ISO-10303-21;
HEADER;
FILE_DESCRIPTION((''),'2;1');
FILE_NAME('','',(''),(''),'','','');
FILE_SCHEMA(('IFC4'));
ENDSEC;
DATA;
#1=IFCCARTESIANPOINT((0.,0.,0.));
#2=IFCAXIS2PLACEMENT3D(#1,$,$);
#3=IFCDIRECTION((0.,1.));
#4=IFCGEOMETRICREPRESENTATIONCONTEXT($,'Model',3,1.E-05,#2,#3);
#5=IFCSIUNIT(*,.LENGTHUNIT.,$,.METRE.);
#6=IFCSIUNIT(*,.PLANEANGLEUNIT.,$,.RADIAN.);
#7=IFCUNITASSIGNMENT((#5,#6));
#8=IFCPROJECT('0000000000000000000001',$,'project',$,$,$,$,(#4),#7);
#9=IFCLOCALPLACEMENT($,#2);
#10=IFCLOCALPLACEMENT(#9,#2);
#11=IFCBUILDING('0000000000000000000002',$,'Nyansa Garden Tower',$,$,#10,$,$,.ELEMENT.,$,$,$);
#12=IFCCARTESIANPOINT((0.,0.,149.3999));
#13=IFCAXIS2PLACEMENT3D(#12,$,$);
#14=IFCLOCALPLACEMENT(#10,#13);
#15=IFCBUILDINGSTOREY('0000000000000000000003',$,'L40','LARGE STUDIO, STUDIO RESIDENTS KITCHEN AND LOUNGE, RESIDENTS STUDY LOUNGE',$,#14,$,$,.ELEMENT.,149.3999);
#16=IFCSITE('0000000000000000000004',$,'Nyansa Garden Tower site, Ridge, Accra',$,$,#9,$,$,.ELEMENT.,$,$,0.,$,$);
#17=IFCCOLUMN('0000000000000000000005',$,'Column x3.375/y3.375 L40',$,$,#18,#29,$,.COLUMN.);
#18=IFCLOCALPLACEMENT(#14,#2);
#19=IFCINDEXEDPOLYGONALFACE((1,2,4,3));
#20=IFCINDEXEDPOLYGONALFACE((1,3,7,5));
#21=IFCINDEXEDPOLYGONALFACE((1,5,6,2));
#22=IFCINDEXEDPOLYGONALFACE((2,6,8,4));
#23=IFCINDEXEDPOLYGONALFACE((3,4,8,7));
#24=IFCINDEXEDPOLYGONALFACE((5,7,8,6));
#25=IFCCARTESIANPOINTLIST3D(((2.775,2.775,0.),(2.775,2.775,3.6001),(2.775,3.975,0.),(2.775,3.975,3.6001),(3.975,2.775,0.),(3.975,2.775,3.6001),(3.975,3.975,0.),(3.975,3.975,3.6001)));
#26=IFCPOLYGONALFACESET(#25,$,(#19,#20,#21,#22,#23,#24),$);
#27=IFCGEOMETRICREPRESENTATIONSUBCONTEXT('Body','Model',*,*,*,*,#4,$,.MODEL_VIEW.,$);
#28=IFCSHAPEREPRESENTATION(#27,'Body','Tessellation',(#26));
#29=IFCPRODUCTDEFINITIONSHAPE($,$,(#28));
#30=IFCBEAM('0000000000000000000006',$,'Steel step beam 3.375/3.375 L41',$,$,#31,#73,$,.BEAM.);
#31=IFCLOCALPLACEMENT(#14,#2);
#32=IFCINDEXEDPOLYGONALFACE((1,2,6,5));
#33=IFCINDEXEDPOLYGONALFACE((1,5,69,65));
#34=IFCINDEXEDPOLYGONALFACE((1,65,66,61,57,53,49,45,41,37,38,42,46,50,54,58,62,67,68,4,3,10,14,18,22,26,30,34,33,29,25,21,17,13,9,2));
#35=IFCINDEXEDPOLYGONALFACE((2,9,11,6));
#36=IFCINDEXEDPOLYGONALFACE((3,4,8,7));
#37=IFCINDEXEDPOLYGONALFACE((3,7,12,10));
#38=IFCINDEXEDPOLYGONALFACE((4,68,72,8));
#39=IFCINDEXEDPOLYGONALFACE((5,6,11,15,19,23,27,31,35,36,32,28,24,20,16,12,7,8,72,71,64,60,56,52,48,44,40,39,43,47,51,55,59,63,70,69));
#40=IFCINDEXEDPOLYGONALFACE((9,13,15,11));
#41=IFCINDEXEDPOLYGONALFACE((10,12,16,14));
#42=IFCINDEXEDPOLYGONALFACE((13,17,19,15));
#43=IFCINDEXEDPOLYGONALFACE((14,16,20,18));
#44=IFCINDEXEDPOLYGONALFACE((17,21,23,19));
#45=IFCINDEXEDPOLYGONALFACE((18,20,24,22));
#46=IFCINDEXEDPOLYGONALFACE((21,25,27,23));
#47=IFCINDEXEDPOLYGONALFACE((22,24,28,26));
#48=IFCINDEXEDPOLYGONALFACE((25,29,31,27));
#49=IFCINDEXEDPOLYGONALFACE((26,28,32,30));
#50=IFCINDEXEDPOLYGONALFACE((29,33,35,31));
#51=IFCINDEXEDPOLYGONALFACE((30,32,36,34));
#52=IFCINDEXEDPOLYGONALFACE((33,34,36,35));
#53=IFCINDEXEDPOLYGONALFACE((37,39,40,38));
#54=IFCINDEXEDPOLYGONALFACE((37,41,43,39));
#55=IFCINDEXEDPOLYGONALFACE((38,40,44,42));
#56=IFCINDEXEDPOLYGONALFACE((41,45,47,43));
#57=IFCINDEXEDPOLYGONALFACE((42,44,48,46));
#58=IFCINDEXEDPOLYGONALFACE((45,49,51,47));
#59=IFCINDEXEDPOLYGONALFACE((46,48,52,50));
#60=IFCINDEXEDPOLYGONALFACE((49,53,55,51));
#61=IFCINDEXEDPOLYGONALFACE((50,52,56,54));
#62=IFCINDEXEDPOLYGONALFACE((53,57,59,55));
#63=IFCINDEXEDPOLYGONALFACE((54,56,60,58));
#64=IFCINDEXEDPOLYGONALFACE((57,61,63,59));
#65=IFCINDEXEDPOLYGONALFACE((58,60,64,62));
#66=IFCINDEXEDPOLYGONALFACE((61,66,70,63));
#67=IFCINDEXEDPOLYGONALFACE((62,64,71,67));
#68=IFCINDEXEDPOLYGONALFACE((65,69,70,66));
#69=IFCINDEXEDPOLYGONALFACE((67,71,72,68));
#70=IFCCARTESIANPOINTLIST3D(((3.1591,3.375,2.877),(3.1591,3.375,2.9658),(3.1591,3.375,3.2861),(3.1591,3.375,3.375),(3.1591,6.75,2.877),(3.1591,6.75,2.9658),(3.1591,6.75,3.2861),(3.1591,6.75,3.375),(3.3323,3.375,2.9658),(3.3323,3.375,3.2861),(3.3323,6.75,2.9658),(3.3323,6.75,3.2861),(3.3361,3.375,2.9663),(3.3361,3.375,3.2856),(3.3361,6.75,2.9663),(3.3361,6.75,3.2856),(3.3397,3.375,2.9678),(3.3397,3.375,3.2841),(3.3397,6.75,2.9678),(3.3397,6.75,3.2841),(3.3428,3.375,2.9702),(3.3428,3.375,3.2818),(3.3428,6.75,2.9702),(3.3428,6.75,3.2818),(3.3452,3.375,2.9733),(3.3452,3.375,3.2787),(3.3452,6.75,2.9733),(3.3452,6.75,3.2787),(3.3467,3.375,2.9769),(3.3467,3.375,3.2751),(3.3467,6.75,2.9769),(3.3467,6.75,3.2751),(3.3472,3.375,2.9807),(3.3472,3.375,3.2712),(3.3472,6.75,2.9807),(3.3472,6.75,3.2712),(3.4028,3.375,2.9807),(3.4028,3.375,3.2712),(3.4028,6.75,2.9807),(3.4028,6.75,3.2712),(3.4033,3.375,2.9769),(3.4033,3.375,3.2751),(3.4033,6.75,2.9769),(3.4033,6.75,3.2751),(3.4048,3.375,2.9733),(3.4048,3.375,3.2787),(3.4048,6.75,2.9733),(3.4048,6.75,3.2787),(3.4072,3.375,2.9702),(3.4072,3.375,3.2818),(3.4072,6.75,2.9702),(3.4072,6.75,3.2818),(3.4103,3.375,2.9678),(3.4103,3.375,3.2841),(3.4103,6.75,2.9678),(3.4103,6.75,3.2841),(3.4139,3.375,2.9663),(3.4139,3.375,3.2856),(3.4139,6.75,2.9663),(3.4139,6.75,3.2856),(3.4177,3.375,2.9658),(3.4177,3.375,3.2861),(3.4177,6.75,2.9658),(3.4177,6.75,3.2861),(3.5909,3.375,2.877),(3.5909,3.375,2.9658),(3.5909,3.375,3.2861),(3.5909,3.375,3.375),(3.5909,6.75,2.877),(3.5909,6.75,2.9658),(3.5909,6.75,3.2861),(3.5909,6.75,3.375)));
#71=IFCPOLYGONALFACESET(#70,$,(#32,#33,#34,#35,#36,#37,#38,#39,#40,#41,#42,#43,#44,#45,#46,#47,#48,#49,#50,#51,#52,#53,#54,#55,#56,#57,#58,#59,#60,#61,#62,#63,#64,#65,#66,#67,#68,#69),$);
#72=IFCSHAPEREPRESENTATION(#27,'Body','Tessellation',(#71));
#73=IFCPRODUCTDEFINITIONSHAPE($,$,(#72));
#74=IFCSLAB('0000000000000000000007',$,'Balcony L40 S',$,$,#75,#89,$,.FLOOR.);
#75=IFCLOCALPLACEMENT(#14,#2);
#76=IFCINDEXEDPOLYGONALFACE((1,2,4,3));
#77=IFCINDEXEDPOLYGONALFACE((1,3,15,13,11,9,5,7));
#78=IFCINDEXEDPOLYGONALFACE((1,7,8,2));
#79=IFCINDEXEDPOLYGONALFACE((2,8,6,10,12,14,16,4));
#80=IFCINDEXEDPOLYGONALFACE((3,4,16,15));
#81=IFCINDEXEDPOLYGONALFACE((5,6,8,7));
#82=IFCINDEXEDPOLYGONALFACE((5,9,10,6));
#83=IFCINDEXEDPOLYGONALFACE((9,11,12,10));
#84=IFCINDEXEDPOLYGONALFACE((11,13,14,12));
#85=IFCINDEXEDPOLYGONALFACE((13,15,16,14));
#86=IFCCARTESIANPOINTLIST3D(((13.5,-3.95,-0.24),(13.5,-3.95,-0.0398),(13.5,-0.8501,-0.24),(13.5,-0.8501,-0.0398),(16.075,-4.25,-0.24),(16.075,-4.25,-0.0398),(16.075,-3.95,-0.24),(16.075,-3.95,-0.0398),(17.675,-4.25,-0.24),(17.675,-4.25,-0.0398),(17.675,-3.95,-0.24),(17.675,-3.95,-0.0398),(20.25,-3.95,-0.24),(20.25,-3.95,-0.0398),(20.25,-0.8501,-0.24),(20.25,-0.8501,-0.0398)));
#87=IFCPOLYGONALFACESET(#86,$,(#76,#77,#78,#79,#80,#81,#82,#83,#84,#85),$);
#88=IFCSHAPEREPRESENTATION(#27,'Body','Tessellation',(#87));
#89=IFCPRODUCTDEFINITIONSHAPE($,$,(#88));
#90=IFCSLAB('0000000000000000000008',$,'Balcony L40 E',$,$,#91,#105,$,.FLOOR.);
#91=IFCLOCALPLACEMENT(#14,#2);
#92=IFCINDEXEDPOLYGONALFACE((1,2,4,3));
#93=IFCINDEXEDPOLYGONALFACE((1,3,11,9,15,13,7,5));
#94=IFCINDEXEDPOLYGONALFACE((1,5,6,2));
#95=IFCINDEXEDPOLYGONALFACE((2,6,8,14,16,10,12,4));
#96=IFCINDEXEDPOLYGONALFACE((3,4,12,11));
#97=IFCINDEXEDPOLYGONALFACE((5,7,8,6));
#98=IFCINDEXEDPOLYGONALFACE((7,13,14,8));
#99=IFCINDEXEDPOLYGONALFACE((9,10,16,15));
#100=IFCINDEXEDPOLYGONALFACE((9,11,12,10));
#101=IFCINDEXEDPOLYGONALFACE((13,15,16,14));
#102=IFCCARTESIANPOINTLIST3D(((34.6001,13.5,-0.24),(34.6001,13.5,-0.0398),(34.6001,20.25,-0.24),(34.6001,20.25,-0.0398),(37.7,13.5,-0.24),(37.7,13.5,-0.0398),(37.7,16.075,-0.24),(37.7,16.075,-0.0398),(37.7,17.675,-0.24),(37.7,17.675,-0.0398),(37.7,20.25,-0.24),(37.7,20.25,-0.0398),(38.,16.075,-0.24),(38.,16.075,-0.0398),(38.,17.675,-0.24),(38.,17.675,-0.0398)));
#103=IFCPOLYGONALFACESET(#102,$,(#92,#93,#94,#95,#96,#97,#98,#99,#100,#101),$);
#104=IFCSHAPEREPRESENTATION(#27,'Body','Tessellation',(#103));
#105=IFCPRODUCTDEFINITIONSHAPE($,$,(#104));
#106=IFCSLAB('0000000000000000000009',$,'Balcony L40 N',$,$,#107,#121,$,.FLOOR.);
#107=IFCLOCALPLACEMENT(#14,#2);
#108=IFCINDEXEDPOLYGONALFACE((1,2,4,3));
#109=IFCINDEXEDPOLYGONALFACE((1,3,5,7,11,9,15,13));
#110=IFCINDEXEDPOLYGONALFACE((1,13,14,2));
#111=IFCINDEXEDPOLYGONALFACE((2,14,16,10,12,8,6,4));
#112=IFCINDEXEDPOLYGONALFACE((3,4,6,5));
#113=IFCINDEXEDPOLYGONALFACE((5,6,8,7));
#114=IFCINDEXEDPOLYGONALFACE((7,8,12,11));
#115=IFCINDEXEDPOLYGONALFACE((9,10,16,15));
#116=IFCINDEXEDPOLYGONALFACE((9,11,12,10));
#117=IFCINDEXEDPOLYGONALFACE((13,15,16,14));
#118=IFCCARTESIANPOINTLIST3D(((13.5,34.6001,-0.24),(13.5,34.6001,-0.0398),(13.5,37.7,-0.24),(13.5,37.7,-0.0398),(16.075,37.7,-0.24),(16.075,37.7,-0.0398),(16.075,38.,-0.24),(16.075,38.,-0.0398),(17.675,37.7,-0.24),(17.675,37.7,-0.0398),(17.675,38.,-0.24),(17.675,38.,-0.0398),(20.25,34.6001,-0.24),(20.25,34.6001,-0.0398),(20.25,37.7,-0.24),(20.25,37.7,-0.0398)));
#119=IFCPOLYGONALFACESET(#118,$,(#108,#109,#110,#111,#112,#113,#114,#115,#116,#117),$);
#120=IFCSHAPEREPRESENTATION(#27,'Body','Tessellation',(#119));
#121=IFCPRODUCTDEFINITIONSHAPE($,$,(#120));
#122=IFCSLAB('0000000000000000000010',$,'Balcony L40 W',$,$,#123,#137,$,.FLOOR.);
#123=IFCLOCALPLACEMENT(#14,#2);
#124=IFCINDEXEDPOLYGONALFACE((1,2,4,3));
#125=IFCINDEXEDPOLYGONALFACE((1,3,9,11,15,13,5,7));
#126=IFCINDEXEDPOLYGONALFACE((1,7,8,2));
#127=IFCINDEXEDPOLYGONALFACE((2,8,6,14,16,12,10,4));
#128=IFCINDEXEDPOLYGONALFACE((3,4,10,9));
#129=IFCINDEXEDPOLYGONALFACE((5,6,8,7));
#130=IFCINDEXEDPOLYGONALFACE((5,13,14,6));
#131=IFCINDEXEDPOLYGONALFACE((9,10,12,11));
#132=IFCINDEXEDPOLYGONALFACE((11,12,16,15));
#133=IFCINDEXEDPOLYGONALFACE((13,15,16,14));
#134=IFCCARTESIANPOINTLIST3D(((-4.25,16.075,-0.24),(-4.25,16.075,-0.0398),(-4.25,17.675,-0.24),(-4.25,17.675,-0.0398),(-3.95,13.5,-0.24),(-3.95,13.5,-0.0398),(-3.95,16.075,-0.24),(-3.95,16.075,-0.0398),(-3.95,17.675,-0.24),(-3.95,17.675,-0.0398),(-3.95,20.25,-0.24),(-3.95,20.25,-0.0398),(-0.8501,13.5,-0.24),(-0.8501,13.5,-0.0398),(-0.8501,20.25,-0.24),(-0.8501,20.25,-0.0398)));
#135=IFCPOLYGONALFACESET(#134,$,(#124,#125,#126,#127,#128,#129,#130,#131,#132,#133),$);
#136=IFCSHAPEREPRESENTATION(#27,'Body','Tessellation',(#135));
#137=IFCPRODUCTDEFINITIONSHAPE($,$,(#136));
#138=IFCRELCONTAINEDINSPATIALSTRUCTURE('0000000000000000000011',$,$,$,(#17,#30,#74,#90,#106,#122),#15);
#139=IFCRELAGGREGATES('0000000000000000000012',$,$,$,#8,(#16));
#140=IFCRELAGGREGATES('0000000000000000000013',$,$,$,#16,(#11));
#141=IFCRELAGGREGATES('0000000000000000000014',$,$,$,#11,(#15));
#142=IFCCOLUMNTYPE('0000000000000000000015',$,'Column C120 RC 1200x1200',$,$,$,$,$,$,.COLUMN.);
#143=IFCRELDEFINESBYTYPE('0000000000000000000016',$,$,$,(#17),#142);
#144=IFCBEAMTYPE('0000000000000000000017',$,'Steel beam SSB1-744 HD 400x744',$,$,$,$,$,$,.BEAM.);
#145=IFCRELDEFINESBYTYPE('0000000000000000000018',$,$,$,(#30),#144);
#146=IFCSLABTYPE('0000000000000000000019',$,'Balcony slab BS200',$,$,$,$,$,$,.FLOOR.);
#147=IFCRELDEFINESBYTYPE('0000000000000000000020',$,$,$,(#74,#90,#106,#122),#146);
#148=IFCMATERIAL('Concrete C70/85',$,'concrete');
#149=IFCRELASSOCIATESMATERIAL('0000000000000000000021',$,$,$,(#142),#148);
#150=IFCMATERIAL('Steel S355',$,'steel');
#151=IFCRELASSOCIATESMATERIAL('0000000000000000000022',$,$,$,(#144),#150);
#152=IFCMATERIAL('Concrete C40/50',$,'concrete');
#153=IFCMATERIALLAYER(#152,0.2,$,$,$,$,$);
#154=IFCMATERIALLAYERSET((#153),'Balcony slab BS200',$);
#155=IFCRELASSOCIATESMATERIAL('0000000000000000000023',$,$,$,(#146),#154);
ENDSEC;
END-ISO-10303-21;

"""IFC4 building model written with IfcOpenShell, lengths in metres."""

from ifc_helpers import new_model, si_unit, direction, frame, origin, origin_2d, place, context, subcontext, project, spatial, polyline, rectangle, i_section, outline, extrude, material, layer, layer_set, material_profile, profile_set, type_object, element, save


model = new_model("IFC4")

# Units and contexts
model_context = context("Model", 3, precision=1e-05, world=origin(), true_north=direction((0.0, 1.0)))
body_context = subcontext(model_context, "Body", "Model", "MODEL_VIEW")
ifc_project = project(units=[si_unit("LENGTHUNIT", "METRE"), si_unit("PLANEANGLEUNIT", "RADIAN")], contexts=[model_context])

# Site, building, storey
site_placement = place(None, origin())
site = spatial("IfcSite", under=ifc_project, at=site_placement, Name="Nyansa Garden Tower site, Ridge, Accra", CompositionType="ELEMENT", RefElevation=0.0)
building_placement = place(site_placement, origin())
building = spatial("IfcBuilding", under=site, at=building_placement, Name="Nyansa Garden Tower", CompositionType="ELEMENT")
storey_placement = place(building_placement, frame((0.0, 0.0, 149.3999)))
storey = spatial("IfcBuildingStorey", under=building, at=storey_placement, Name="L40", Description="LARGE STUDIO, STUDIO RESIDENTS KITCHEN AND LOUNGE, RESIDENTS STUDY LOUNGE", CompositionType="ELEMENT", Elevation=149.3999)

# Column
ifc_material_1 = material(Name="Concrete C70/85", Category="concrete")
ifc_material_profile_1 = material_profile(ifc_material_1, rectangle(XDim=1.2, YDim=1.2, at=origin_2d()), Name="RC 1200x1200")
ifc_profile_set_1 = profile_set([ifc_material_profile_1], Name="Concrete C70/85")
column_type = type_object("IfcColumnType", Name="Column C120 RC 1200x1200", PredefinedType="COLUMN", material=ifc_profile_set_1)
column_placement = place(storey_placement, frame((3.375, 3.375, 0.0), z_axis=(0.0, 0.0, 1.0), x_axis=(1.0, 0.0, 0.0)))
element("IfcColumn", 1, at=column_placement, inside=storey, type_object=column_type, Name="Column x3.375/y3.375 L40", PredefinedType="COLUMN", context=body_context, shape_type="SweptSolid", body=[
    extrude(rectangle(XDim=1.2, YDim=1.2, at=origin_2d()), origin(), (0.0, 0.0, 1.0), 3.6001),
])

# Beam
ifc_material_2 = material(Name="Steel S355", Category="steel")
ifc_material_profile_2 = material_profile(ifc_material_2, i_section(OverallWidth=0.4319, OverallDepth=0.498, WebThickness=0.0557, FlangeThickness=0.0889, FilletRadius=0.0149, at=origin_2d()), Name="HD 400x744")
ifc_profile_set_2 = profile_set([ifc_material_profile_2], Name="Steel S355")
beam_type = type_object("IfcBeamType", Name="Steel beam SSB1-744 HD 400x744", PredefinedType="BEAM", material=ifc_profile_set_2)
beam_placement = place(storey_placement, frame((3.375, 3.375, 3.126), z_axis=(0.0, 1.0, 0.0), x_axis=(-1.0, 0.0, 0.0)))
element("IfcBeam", 2, at=beam_placement, inside=storey, type_object=beam_type, Name="Steel step beam 3.375/3.375 L41", PredefinedType="BEAM", context=body_context, shape_type="SweptSolid", body=[
    extrude(i_section(OverallWidth=0.4319, OverallDepth=0.498, WebThickness=0.0557, FlangeThickness=0.0889, FilletRadius=0.0149, at=origin_2d()), origin(), (0.0, 0.0, 1.0), 3.375),
])

# Slabs
ifc_material_3 = material(Name="Concrete C40/50", Category="concrete")
ifc_layer_1 = layer(ifc_material_3, 0.2)
ifc_layer_set_1 = layer_set([ifc_layer_1], Name="Balcony slab BS200")
slab_type_1 = type_object("IfcSlabType", Name="Balcony slab BS200", PredefinedType="FLOOR", material=ifc_layer_set_1)
slab_1_placement = place(storey_placement, frame((0.0, 0.0, -0.24)))
element("IfcSlab", 3, at=slab_1_placement, inside=storey, type_object=slab_type_1, Name="Balcony L40 S", PredefinedType="FLOOR", context=body_context, shape_type="SweptSolid", body=[
    extrude(outline(polyline([(13.5, -0.8501), (20.25, -0.8501), (20.25, -3.95), (17.675, -3.95), (17.675, -4.25), (16.075, -4.25), (16.075, -3.95), (13.5, -3.95), (13.5, -0.8501)])), origin(), (0.0, 0.0, 1.0), 0.2002),
])
slab_2_placement = place(storey_placement, frame((0.0, 0.0, -0.24)))
element("IfcSlab", 4, at=slab_2_placement, inside=storey, type_object=slab_type_1, Name="Balcony L40 E", PredefinedType="FLOOR", context=body_context, shape_type="SweptSolid", body=[
    extrude(outline(polyline([(34.6001, 13.5), (34.6001, 20.25), (37.7, 20.25), (37.7, 17.675), (38.0, 17.675), (38.0, 16.075), (37.7, 16.075), (37.7, 13.5), (34.6001, 13.5)])), origin(), (0.0, 0.0, 1.0), 0.2002),
])
slab_3_placement = place(storey_placement, frame((0.0, 0.0, -0.24)))
element("IfcSlab", 5, at=slab_3_placement, inside=storey, type_object=slab_type_1, Name="Balcony L40 N", PredefinedType="FLOOR", context=body_context, shape_type="SweptSolid", body=[
    extrude(outline(polyline([(13.5, 34.6001), (20.25, 34.6001), (20.25, 37.7), (17.675, 37.7), (17.675, 38.0), (16.075, 38.0), (16.075, 37.7), (13.5, 37.7), (13.5, 34.6001)])), origin(), (0.0, 0.0, 1.0), 0.2002),
])
slab_4_placement = place(storey_placement, frame((0.0, 0.0, -0.24)))
element("IfcSlab", 6, at=slab_4_placement, inside=storey, type_object=slab_type_1, Name="Balcony L40 W", PredefinedType="FLOOR", context=body_context, shape_type="SweptSolid", body=[
    extrude(outline(polyline([(-0.8501, 13.5), (-0.8501, 20.25), (-3.95, 20.25), (-3.95, 17.675), (-4.25, 17.675), (-4.25, 16.075), (-3.95, 16.075), (-3.95, 13.5), (-0.8501, 13.5)])), origin(), (0.0, 0.0, 1.0), 0.2002),
])

save(model, "model.ifc")
